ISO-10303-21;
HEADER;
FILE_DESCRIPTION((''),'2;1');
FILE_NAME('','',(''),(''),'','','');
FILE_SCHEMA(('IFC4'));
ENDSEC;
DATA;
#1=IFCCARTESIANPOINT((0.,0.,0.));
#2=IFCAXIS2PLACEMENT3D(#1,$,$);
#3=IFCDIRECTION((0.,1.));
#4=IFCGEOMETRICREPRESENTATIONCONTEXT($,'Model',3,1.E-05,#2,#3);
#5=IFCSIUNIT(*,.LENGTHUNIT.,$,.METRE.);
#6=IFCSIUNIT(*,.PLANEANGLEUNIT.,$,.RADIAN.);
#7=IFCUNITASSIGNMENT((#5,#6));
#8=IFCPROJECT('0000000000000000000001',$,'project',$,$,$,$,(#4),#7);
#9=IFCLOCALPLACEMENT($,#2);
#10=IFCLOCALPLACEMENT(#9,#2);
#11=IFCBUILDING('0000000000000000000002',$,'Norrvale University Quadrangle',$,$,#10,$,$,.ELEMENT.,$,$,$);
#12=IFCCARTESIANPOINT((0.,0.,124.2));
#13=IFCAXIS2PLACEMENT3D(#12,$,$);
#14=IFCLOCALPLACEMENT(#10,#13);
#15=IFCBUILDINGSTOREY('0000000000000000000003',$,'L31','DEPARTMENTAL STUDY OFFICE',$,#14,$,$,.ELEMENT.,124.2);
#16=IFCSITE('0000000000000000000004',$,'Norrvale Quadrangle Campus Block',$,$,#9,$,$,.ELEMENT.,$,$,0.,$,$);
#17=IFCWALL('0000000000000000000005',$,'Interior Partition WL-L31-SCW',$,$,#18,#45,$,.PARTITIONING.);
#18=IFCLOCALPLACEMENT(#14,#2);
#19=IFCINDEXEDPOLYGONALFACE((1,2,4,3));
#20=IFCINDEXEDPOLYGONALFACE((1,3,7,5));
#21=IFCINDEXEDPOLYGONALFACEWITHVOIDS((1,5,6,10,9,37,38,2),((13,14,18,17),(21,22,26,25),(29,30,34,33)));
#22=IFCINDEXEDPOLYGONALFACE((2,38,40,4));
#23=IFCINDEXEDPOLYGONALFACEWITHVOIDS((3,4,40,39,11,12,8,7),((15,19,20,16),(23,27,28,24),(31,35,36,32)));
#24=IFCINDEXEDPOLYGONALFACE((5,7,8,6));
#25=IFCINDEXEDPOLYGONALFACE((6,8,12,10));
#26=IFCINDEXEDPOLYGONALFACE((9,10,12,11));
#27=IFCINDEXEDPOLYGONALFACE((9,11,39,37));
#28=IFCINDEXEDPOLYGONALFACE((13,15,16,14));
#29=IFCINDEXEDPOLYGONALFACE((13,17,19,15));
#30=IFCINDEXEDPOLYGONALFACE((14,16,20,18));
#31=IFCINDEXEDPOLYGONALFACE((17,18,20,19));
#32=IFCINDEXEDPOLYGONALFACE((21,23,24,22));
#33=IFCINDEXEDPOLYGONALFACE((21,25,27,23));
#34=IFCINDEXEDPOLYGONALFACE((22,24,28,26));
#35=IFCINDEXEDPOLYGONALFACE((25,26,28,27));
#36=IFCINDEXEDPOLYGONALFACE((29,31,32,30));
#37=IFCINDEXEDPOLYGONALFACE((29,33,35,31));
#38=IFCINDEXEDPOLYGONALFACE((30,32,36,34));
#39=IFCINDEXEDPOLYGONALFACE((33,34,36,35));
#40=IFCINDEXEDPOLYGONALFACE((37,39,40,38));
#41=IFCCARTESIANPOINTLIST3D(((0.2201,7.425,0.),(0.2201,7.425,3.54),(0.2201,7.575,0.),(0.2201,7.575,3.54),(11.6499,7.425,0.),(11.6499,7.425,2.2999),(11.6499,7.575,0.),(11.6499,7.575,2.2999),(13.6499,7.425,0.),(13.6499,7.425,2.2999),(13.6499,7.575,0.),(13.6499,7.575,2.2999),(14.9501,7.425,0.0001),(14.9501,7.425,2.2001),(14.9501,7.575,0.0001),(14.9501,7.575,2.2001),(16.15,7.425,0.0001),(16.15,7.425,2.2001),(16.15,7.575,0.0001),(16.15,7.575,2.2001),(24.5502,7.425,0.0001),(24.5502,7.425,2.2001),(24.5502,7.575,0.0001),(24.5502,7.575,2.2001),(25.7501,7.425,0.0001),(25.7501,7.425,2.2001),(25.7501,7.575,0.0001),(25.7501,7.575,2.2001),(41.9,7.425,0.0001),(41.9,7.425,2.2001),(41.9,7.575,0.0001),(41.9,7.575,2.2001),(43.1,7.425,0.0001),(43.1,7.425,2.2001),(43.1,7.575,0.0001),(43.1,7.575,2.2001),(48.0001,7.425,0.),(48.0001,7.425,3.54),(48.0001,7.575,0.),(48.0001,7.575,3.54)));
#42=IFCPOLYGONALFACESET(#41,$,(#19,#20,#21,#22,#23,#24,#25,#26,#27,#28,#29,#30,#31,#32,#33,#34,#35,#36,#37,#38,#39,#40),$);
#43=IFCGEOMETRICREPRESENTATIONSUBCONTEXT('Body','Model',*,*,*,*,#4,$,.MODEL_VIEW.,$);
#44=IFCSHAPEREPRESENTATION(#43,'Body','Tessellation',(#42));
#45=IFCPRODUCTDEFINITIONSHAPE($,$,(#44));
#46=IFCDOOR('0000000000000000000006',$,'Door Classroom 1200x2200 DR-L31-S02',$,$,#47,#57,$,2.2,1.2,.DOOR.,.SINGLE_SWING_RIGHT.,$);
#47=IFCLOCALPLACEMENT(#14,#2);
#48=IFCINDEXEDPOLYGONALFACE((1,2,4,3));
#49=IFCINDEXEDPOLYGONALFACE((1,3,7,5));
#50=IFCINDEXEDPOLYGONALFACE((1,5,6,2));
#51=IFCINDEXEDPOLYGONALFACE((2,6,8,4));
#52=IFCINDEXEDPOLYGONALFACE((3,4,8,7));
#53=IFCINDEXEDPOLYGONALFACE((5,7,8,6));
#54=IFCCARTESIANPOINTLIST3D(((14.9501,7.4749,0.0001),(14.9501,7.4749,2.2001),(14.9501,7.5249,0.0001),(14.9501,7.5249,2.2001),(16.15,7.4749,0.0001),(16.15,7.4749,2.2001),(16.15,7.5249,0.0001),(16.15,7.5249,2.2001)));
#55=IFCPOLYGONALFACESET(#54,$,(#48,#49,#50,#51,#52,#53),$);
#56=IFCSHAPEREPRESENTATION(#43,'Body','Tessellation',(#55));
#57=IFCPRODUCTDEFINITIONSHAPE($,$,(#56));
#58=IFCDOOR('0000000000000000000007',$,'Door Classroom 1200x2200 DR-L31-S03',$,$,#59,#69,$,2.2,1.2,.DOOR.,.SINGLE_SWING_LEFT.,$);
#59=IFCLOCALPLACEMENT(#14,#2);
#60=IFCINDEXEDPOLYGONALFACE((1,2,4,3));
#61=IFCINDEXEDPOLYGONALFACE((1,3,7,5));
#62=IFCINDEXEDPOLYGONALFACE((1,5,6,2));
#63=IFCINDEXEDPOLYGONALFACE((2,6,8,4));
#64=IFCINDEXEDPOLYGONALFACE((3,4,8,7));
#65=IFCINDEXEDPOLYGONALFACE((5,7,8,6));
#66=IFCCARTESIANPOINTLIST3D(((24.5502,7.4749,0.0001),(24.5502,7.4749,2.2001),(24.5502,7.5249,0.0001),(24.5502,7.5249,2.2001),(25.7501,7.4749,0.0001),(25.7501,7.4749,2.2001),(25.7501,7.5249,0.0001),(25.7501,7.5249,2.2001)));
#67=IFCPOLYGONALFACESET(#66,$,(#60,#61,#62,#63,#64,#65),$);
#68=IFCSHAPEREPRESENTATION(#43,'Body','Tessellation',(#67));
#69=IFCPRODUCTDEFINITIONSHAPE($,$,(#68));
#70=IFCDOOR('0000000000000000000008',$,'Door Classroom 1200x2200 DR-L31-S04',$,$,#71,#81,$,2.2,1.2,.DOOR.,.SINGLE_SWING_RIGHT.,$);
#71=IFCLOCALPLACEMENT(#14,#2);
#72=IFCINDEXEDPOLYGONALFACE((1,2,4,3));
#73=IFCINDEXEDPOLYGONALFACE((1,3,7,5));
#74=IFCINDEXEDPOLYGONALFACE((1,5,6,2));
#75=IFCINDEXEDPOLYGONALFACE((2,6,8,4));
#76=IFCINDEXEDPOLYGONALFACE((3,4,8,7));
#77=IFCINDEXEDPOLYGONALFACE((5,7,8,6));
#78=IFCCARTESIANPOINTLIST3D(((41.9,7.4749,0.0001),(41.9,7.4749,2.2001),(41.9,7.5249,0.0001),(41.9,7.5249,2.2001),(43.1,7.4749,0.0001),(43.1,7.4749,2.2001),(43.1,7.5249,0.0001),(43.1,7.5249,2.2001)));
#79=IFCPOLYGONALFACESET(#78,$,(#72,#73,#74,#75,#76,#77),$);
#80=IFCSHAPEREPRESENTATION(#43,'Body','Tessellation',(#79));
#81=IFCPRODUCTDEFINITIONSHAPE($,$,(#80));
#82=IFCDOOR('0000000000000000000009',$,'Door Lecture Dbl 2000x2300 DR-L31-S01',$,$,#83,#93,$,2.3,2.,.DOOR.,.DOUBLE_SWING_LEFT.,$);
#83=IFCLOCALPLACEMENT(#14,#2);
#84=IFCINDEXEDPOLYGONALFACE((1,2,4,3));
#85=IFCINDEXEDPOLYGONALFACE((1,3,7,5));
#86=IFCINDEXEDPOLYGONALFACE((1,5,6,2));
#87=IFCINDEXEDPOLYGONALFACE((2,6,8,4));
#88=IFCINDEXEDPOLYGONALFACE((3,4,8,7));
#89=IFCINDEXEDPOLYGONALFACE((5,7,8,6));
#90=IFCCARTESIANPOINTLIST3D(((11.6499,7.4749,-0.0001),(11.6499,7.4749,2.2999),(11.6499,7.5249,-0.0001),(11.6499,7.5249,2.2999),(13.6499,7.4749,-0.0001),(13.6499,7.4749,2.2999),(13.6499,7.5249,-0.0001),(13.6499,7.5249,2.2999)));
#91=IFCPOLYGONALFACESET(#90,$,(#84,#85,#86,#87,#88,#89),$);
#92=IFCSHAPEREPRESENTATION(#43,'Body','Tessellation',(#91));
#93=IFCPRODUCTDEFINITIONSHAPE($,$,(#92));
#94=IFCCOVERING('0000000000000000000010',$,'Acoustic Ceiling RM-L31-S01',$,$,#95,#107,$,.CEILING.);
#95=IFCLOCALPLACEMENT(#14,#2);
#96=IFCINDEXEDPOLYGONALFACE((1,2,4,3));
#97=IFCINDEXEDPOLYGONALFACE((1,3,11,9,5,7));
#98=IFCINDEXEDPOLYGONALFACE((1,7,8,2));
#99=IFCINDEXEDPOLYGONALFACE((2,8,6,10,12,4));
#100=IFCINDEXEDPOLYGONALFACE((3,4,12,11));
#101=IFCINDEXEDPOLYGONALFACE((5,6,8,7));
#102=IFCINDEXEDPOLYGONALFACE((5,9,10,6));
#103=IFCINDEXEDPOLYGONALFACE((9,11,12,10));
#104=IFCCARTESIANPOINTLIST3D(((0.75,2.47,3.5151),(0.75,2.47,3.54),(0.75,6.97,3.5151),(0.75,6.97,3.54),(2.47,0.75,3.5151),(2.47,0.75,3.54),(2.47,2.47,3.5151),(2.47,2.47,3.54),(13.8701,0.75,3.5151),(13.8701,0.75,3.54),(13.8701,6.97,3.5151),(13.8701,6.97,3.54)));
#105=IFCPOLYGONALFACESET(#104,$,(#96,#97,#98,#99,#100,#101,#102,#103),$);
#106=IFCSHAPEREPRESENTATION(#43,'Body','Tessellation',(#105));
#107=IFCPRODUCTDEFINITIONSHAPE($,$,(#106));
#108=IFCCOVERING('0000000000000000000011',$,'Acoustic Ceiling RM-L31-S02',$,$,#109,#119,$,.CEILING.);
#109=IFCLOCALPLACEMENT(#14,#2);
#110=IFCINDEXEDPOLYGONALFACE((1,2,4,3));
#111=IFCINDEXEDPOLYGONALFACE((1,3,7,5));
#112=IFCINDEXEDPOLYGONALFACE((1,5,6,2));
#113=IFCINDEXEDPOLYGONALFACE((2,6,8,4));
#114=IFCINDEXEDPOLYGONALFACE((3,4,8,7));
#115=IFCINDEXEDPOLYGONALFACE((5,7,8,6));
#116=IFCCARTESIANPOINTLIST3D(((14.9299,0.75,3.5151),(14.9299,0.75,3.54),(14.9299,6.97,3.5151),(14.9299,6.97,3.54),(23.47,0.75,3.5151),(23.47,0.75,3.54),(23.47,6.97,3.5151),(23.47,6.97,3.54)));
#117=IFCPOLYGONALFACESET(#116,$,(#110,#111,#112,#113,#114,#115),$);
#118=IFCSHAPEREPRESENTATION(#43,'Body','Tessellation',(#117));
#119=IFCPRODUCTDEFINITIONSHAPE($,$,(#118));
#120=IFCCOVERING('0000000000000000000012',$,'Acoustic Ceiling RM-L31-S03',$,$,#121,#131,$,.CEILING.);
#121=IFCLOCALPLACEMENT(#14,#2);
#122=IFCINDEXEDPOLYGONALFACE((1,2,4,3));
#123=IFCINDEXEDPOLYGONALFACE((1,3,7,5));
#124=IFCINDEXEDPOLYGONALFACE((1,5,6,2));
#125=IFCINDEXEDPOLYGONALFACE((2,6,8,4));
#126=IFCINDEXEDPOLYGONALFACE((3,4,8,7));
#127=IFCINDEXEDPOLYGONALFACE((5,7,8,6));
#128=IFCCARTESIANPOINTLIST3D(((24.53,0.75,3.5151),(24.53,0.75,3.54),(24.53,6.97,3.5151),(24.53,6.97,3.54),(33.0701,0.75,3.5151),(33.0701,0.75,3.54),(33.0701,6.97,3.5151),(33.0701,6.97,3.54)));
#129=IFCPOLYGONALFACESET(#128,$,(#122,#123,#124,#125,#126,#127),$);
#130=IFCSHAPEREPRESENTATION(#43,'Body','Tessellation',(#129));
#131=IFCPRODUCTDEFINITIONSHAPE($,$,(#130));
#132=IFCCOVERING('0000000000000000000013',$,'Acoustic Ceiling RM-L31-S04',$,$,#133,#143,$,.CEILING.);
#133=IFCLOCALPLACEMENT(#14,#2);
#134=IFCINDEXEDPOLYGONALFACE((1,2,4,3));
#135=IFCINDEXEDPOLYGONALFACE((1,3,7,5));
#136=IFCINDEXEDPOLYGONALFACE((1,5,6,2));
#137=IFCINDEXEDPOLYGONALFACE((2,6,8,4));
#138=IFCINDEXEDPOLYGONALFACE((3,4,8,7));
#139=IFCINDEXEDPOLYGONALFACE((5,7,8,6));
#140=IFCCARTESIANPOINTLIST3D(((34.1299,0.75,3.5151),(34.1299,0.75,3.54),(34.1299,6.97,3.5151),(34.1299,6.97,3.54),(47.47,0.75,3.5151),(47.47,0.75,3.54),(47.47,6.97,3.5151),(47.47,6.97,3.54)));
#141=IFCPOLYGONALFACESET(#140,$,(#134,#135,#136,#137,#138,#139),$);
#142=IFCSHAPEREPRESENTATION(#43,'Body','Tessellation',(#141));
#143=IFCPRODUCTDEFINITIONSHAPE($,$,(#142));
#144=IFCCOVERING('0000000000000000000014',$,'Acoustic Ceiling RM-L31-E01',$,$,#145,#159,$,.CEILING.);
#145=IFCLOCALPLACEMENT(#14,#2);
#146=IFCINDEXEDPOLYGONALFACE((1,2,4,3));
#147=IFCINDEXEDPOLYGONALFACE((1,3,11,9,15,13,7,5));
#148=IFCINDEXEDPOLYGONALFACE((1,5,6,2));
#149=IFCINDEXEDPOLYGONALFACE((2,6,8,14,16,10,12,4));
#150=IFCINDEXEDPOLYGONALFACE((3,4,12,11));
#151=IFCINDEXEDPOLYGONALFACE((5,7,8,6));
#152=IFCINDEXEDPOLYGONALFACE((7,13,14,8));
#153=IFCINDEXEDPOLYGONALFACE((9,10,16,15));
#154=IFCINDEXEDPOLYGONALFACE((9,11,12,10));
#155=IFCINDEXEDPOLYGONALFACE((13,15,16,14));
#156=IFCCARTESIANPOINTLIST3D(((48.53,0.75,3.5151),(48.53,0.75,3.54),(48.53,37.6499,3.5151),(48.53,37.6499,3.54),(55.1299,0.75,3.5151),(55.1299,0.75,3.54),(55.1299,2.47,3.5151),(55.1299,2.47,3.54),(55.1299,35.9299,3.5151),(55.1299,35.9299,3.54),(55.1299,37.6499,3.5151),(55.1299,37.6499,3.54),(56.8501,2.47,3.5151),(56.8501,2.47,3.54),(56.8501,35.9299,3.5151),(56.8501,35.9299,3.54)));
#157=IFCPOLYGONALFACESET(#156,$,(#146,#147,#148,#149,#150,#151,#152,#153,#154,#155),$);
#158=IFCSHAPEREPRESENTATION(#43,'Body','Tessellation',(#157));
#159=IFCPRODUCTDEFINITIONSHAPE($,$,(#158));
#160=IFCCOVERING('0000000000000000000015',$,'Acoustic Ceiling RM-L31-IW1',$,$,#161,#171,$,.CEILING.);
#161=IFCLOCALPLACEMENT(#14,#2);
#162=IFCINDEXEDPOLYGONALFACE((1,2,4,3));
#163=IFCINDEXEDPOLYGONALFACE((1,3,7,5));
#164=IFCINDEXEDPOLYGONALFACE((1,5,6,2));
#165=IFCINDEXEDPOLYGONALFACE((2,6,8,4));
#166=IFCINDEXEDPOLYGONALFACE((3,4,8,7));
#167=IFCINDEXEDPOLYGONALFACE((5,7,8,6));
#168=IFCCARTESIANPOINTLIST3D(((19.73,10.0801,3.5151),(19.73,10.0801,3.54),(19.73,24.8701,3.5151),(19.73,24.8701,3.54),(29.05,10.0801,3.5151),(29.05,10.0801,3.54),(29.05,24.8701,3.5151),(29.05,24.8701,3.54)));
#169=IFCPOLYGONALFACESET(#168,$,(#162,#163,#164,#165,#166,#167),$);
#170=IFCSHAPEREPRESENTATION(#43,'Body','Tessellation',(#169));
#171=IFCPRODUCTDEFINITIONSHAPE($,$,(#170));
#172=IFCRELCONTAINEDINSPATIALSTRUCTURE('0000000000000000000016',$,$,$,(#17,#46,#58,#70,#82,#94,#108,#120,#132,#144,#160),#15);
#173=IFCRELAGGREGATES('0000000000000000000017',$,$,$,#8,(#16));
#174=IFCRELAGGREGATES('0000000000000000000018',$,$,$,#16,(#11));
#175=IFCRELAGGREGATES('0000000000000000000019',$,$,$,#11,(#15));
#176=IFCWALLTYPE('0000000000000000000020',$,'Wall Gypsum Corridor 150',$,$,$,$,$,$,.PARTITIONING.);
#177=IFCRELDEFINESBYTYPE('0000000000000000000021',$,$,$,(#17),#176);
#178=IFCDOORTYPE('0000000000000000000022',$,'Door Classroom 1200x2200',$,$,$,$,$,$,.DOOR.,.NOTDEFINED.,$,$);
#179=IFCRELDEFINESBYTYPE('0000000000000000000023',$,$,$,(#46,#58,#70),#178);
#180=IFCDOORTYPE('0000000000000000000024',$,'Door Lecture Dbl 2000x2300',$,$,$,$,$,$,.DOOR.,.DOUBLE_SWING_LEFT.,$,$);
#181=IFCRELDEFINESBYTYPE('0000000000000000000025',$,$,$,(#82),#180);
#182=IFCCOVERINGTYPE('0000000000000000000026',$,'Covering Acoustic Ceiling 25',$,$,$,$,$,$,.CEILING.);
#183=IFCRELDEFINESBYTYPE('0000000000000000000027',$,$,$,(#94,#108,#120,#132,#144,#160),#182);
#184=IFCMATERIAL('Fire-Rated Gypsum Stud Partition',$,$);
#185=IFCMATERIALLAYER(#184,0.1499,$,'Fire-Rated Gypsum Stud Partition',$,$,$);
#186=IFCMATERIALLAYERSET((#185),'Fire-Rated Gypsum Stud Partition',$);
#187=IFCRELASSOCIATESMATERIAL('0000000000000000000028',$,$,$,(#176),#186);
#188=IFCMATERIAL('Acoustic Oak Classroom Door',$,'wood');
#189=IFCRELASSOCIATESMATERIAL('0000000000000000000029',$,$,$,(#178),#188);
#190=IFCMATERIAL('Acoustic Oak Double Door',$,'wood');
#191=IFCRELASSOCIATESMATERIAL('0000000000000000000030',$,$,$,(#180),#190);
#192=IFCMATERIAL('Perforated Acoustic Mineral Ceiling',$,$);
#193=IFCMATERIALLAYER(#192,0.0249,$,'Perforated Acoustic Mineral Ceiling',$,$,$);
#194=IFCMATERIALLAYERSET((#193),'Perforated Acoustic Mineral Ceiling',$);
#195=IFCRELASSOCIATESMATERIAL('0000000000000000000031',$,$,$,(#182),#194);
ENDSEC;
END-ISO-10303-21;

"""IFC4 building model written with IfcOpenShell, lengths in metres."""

from ifc_helpers import new_model, si_unit, direction, frame, frame_2d, origin, place, context, subcontext, project, spatial, polyline, rectangle, outline, extrude, material, layer, layer_set, type_object, element, fill, save


model = new_model("IFC4")

# Units and contexts
model_context = context("Model", 3, precision=1e-05, world=origin(), true_north=direction((0.0, 1.0)))
body_context = subcontext(model_context, "Body", "Model", "MODEL_VIEW")
ifc_project = project(units=[si_unit("LENGTHUNIT", "METRE"), si_unit("PLANEANGLEUNIT", "RADIAN")], contexts=[model_context])

# Site, building, storey
site_placement = place(None, origin())
site = spatial("IfcSite", under=ifc_project, at=site_placement, Name="Norrvale Quadrangle Campus Block", CompositionType="ELEMENT", RefElevation=0.0)
building_placement = place(site_placement, origin())
building = spatial("IfcBuilding", under=site, at=building_placement, Name="Norrvale University Quadrangle", CompositionType="ELEMENT")
storey_placement = place(building_placement, frame((0.0, 0.0, 124.2)))
storey = spatial("IfcBuildingStorey", under=building, at=storey_placement, Name="L31", Description="DEPARTMENTAL STUDY OFFICE", CompositionType="ELEMENT", Elevation=124.2)

# Wall, openings, doors
ifc_material_1 = material(Name="Fire-Rated Gypsum Stud Partition")
ifc_layer_1 = layer(ifc_material_1, 0.1499, Name="Fire-Rated Gypsum Stud Partition")
ifc_layer_set_1 = layer_set([ifc_layer_1], Name="Fire-Rated Gypsum Stud Partition")
wall_type_1 = type_object("IfcWallType", Name="Wall Gypsum Corridor 150", PredefinedType="PARTITIONING", material=ifc_layer_set_1)
wall_1_placement = place(storey_placement, frame((0.22, 7.5, 0.0), z_axis=(0.0, 0.0, 1.0), x_axis=(1.0, 0.0, 0.0)))
wall_1 = element("IfcWall", 1, at=wall_1_placement, inside=storey, type_object=wall_type_1, Name="Interior Partition WL-L31-SCW", PredefinedType="PARTITIONING", context=body_context, shape_type="SweptSolid", body=[
    extrude(rectangle(XDim=47.78, YDim=0.1499, at=frame_2d((23.8901, 0.0))), origin(), (0.0, 0.0, 1.0), 3.54),
])
opening_1_placement = place(wall_1_placement, frame((11.4299, 0.0, 0.0)))
opening_1 = element("IfcOpeningElement", 2, at=opening_1_placement, cuts=wall_1, PredefinedType="OPENING", context=body_context, shape_type="SweptSolid", body=[
    extrude(rectangle(XDim=2.0, YDim=2.3, at=frame_2d((1.0, 1.1499))), frame((0.0, 0.0869, 0.0), z_axis=(0.0, -1.0, 0.0), x_axis=(1.0, 0.0, 0.0)), (0.0, 0.0, 1.0), 0.1738),
])
opening_2_placement = place(wall_1_placement, frame((14.73, 0.0, 0.0)))
opening_2 = element("IfcOpeningElement", 3, at=opening_2_placement, cuts=wall_1, PredefinedType="OPENING", context=body_context, shape_type="SweptSolid", body=[
    extrude(rectangle(XDim=1.2, YDim=2.2, at=frame_2d((0.6001, 1.1001))), frame((0.0, 0.0869, 0.0), z_axis=(0.0, -1.0, 0.0), x_axis=(1.0, 0.0, 0.0)), (0.0, 0.0, 1.0), 0.1738),
])
opening_3_placement = place(wall_1_placement, frame((24.3301, 0.0, 0.0)))
opening_3 = element("IfcOpeningElement", 4, at=opening_3_placement, cuts=wall_1, PredefinedType="OPENING", context=body_context, shape_type="SweptSolid", body=[
    extrude(rectangle(XDim=1.2, YDim=2.2, at=frame_2d((0.6001, 1.1001))), frame((0.0, 0.0869, 0.0), z_axis=(0.0, -1.0, 0.0), x_axis=(1.0, 0.0, 0.0)), (0.0, 0.0, 1.0), 0.1738),
])
opening_4_placement = place(wall_1_placement, frame((41.6799, 0.0, 0.0)))
opening_4 = element("IfcOpeningElement", 5, at=opening_4_placement, cuts=wall_1, PredefinedType="OPENING", context=body_context, shape_type="SweptSolid", body=[
    extrude(rectangle(XDim=1.2, YDim=2.2, at=frame_2d((0.6001, 1.1001))), frame((0.0, 0.0869, 0.0), z_axis=(0.0, -1.0, 0.0), x_axis=(1.0, 0.0, 0.0)), (0.0, 0.0, 1.0), 0.1738),
])
ifc_material_2 = material(Name="Acoustic Oak Classroom Door", Category="wood")
door_type_1 = type_object("IfcDoorType", Name="Door Classroom 1200x2200", OperationType="NOTDEFINED", PredefinedType="DOOR", material=ifc_material_2)
door_1_placement = place(opening_2_placement, origin())
door_1 = element("IfcDoor", 6, at=door_1_placement, inside=storey, type_object=door_type_1, Name="Door Classroom 1200x2200 DR-L31-S02", OperationType="SINGLE_SWING_RIGHT", OverallHeight=2.2, OverallWidth=1.2, PredefinedType="DOOR", context=body_context, shape_type="SweptSolid", body=[
    extrude(rectangle(XDim=1.2, YDim=2.2, at=frame_2d((0.6001, 1.1001))), frame((0.0, 0.0249, 0.0), z_axis=(0.0, -1.0, 0.0), x_axis=(1.0, 0.0, 0.0)), (0.0, 0.0, 1.0), 0.05),
])
fill(opening_2, door_1)
door_2_placement = place(opening_3_placement, origin())
door_2 = element("IfcDoor", 7, at=door_2_placement, inside=storey, type_object=door_type_1, Name="Door Classroom 1200x2200 DR-L31-S03", OperationType="SINGLE_SWING_LEFT", OverallHeight=2.2, OverallWidth=1.2, PredefinedType="DOOR", context=body_context, shape_type="SweptSolid", body=[
    extrude(rectangle(XDim=1.2, YDim=2.2, at=frame_2d((0.6001, 1.1001))), frame((0.0, 0.0249, 0.0), z_axis=(0.0, -1.0, 0.0), x_axis=(1.0, 0.0, 0.0)), (0.0, 0.0, 1.0), 0.05),
])
fill(opening_3, door_2)
door_3_placement = place(opening_4_placement, origin())
door_3 = element("IfcDoor", 8, at=door_3_placement, inside=storey, type_object=door_type_1, Name="Door Classroom 1200x2200 DR-L31-S04", OperationType="SINGLE_SWING_RIGHT", OverallHeight=2.2, OverallWidth=1.2, PredefinedType="DOOR", context=body_context, shape_type="SweptSolid", body=[
    extrude(rectangle(XDim=1.2, YDim=2.2, at=frame_2d((0.6001, 1.1001))), frame((0.0, 0.0249, 0.0), z_axis=(0.0, -1.0, 0.0), x_axis=(1.0, 0.0, 0.0)), (0.0, 0.0, 1.0), 0.05),
])
fill(opening_4, door_3)
ifc_material_3 = material(Name="Acoustic Oak Double Door", Category="wood")
door_type_2 = type_object("IfcDoorType", Name="Door Lecture Dbl 2000x2300", OperationType="DOUBLE_SWING_LEFT", PredefinedType="DOOR", material=ifc_material_3)
door_4_placement = place(opening_1_placement, origin())
door_4 = element("IfcDoor", 9, at=door_4_placement, inside=storey, type_object=door_type_2, Name="Door Lecture Dbl 2000x2300 DR-L31-S01", OperationType="DOUBLE_SWING_LEFT", OverallHeight=2.3, OverallWidth=2.0, PredefinedType="DOOR", context=body_context, shape_type="SweptSolid", body=[
    extrude(rectangle(XDim=2.0, YDim=2.3, at=frame_2d((1.0, 1.1499))), frame((0.0, 0.0249, 0.0), z_axis=(0.0, -1.0, 0.0), x_axis=(1.0, 0.0, 0.0)), (0.0, 0.0, 1.0), 0.05),
])
fill(opening_1, door_4)

# Coverings
ifc_material_4 = material(Name="Perforated Acoustic Mineral Ceiling")
ifc_layer_2 = layer(ifc_material_4, 0.0249, Name="Perforated Acoustic Mineral Ceiling")
ifc_layer_set_2 = layer_set([ifc_layer_2], Name="Perforated Acoustic Mineral Ceiling")
covering_type_1 = type_object("IfcCoveringType", Name="Covering Acoustic Ceiling 25", PredefinedType="CEILING", material=ifc_layer_set_2)
covering_1_placement = place(storey_placement, frame((0.0, 0.0, 3.5151)))
element("IfcCovering", 10, at=covering_1_placement, inside=storey, type_object=covering_type_1, Name="Acoustic Ceiling RM-L31-S01", PredefinedType="CEILING", context=body_context, shape_type="SweptSolid", body=[
    extrude(outline(polyline([(0.75, 6.97), (13.8701, 6.97), (13.8701, 0.75), (2.47, 0.75), (2.47, 2.47), (0.75, 2.47), (0.75, 6.97)])), origin(), (0.0, 0.0, 1.0), 0.0249),
])
covering_2_placement = place(storey_placement, frame((0.0, 0.0, 3.5151)))
element("IfcCovering", 11, at=covering_2_placement, inside=storey, type_object=covering_type_1, Name="Acoustic Ceiling RM-L31-S02", PredefinedType="CEILING", context=body_context, shape_type="SweptSolid", body=[
    extrude(outline(polyline([(14.9299, 6.97), (23.47, 6.97), (23.47, 0.75), (14.9299, 0.75), (14.9299, 6.97)])), origin(), (0.0, 0.0, 1.0), 0.0249),
])
covering_3_placement = place(storey_placement, frame((0.0, 0.0, 3.5151)))
element("IfcCovering", 12, at=covering_3_placement, inside=storey, type_object=covering_type_1, Name="Acoustic Ceiling RM-L31-S03", PredefinedType="CEILING", context=body_context, shape_type="SweptSolid", body=[
    extrude(outline(polyline([(24.53, 6.97), (33.0701, 6.97), (33.0701, 0.75), (24.53, 0.75), (24.53, 6.97)])), origin(), (0.0, 0.0, 1.0), 0.0249),
])
covering_4_placement = place(storey_placement, frame((0.0, 0.0, 3.5151)))
element("IfcCovering", 13, at=covering_4_placement, inside=storey, type_object=covering_type_1, Name="Acoustic Ceiling RM-L31-S04", PredefinedType="CEILING", context=body_context, shape_type="SweptSolid", body=[
    extrude(outline(polyline([(34.1299, 6.97), (47.47, 6.97), (47.47, 0.75), (34.1299, 0.75), (34.1299, 6.97)])), origin(), (0.0, 0.0, 1.0), 0.0249),
])
covering_5_placement = place(storey_placement, frame((0.0, 0.0, 3.5151)))
element("IfcCovering", 14, at=covering_5_placement, inside=storey, type_object=covering_type_1, Name="Acoustic Ceiling RM-L31-E01", PredefinedType="CEILING", context=body_context, shape_type="SweptSolid", body=[
    extrude(outline(polyline([(48.53, 0.75), (48.53, 37.6499), (55.1299, 37.6499), (55.1299, 35.9299), (56.8501, 35.9299), (56.8501, 2.47), (55.1299, 2.47), (55.1299, 0.75), (48.53, 0.75)])), origin(), (0.0, 0.0, 1.0), 0.0249),
])
covering_6_placement = place(storey_placement, frame((0.0, 0.0, 3.5151)))
element("IfcCovering", 15, at=covering_6_placement, inside=storey, type_object=covering_type_1, Name="Acoustic Ceiling RM-L31-IW1", PredefinedType="CEILING", context=body_context, shape_type="SweptSolid", body=[
    extrude(outline(polyline([(19.73, 10.0801), (19.73, 24.8701), (29.05, 24.8701), (29.05, 10.0801), (19.73, 10.0801)])), origin(), (0.0, 0.0, 1.0), 0.0249),
])

save(model, "model.ifc")
